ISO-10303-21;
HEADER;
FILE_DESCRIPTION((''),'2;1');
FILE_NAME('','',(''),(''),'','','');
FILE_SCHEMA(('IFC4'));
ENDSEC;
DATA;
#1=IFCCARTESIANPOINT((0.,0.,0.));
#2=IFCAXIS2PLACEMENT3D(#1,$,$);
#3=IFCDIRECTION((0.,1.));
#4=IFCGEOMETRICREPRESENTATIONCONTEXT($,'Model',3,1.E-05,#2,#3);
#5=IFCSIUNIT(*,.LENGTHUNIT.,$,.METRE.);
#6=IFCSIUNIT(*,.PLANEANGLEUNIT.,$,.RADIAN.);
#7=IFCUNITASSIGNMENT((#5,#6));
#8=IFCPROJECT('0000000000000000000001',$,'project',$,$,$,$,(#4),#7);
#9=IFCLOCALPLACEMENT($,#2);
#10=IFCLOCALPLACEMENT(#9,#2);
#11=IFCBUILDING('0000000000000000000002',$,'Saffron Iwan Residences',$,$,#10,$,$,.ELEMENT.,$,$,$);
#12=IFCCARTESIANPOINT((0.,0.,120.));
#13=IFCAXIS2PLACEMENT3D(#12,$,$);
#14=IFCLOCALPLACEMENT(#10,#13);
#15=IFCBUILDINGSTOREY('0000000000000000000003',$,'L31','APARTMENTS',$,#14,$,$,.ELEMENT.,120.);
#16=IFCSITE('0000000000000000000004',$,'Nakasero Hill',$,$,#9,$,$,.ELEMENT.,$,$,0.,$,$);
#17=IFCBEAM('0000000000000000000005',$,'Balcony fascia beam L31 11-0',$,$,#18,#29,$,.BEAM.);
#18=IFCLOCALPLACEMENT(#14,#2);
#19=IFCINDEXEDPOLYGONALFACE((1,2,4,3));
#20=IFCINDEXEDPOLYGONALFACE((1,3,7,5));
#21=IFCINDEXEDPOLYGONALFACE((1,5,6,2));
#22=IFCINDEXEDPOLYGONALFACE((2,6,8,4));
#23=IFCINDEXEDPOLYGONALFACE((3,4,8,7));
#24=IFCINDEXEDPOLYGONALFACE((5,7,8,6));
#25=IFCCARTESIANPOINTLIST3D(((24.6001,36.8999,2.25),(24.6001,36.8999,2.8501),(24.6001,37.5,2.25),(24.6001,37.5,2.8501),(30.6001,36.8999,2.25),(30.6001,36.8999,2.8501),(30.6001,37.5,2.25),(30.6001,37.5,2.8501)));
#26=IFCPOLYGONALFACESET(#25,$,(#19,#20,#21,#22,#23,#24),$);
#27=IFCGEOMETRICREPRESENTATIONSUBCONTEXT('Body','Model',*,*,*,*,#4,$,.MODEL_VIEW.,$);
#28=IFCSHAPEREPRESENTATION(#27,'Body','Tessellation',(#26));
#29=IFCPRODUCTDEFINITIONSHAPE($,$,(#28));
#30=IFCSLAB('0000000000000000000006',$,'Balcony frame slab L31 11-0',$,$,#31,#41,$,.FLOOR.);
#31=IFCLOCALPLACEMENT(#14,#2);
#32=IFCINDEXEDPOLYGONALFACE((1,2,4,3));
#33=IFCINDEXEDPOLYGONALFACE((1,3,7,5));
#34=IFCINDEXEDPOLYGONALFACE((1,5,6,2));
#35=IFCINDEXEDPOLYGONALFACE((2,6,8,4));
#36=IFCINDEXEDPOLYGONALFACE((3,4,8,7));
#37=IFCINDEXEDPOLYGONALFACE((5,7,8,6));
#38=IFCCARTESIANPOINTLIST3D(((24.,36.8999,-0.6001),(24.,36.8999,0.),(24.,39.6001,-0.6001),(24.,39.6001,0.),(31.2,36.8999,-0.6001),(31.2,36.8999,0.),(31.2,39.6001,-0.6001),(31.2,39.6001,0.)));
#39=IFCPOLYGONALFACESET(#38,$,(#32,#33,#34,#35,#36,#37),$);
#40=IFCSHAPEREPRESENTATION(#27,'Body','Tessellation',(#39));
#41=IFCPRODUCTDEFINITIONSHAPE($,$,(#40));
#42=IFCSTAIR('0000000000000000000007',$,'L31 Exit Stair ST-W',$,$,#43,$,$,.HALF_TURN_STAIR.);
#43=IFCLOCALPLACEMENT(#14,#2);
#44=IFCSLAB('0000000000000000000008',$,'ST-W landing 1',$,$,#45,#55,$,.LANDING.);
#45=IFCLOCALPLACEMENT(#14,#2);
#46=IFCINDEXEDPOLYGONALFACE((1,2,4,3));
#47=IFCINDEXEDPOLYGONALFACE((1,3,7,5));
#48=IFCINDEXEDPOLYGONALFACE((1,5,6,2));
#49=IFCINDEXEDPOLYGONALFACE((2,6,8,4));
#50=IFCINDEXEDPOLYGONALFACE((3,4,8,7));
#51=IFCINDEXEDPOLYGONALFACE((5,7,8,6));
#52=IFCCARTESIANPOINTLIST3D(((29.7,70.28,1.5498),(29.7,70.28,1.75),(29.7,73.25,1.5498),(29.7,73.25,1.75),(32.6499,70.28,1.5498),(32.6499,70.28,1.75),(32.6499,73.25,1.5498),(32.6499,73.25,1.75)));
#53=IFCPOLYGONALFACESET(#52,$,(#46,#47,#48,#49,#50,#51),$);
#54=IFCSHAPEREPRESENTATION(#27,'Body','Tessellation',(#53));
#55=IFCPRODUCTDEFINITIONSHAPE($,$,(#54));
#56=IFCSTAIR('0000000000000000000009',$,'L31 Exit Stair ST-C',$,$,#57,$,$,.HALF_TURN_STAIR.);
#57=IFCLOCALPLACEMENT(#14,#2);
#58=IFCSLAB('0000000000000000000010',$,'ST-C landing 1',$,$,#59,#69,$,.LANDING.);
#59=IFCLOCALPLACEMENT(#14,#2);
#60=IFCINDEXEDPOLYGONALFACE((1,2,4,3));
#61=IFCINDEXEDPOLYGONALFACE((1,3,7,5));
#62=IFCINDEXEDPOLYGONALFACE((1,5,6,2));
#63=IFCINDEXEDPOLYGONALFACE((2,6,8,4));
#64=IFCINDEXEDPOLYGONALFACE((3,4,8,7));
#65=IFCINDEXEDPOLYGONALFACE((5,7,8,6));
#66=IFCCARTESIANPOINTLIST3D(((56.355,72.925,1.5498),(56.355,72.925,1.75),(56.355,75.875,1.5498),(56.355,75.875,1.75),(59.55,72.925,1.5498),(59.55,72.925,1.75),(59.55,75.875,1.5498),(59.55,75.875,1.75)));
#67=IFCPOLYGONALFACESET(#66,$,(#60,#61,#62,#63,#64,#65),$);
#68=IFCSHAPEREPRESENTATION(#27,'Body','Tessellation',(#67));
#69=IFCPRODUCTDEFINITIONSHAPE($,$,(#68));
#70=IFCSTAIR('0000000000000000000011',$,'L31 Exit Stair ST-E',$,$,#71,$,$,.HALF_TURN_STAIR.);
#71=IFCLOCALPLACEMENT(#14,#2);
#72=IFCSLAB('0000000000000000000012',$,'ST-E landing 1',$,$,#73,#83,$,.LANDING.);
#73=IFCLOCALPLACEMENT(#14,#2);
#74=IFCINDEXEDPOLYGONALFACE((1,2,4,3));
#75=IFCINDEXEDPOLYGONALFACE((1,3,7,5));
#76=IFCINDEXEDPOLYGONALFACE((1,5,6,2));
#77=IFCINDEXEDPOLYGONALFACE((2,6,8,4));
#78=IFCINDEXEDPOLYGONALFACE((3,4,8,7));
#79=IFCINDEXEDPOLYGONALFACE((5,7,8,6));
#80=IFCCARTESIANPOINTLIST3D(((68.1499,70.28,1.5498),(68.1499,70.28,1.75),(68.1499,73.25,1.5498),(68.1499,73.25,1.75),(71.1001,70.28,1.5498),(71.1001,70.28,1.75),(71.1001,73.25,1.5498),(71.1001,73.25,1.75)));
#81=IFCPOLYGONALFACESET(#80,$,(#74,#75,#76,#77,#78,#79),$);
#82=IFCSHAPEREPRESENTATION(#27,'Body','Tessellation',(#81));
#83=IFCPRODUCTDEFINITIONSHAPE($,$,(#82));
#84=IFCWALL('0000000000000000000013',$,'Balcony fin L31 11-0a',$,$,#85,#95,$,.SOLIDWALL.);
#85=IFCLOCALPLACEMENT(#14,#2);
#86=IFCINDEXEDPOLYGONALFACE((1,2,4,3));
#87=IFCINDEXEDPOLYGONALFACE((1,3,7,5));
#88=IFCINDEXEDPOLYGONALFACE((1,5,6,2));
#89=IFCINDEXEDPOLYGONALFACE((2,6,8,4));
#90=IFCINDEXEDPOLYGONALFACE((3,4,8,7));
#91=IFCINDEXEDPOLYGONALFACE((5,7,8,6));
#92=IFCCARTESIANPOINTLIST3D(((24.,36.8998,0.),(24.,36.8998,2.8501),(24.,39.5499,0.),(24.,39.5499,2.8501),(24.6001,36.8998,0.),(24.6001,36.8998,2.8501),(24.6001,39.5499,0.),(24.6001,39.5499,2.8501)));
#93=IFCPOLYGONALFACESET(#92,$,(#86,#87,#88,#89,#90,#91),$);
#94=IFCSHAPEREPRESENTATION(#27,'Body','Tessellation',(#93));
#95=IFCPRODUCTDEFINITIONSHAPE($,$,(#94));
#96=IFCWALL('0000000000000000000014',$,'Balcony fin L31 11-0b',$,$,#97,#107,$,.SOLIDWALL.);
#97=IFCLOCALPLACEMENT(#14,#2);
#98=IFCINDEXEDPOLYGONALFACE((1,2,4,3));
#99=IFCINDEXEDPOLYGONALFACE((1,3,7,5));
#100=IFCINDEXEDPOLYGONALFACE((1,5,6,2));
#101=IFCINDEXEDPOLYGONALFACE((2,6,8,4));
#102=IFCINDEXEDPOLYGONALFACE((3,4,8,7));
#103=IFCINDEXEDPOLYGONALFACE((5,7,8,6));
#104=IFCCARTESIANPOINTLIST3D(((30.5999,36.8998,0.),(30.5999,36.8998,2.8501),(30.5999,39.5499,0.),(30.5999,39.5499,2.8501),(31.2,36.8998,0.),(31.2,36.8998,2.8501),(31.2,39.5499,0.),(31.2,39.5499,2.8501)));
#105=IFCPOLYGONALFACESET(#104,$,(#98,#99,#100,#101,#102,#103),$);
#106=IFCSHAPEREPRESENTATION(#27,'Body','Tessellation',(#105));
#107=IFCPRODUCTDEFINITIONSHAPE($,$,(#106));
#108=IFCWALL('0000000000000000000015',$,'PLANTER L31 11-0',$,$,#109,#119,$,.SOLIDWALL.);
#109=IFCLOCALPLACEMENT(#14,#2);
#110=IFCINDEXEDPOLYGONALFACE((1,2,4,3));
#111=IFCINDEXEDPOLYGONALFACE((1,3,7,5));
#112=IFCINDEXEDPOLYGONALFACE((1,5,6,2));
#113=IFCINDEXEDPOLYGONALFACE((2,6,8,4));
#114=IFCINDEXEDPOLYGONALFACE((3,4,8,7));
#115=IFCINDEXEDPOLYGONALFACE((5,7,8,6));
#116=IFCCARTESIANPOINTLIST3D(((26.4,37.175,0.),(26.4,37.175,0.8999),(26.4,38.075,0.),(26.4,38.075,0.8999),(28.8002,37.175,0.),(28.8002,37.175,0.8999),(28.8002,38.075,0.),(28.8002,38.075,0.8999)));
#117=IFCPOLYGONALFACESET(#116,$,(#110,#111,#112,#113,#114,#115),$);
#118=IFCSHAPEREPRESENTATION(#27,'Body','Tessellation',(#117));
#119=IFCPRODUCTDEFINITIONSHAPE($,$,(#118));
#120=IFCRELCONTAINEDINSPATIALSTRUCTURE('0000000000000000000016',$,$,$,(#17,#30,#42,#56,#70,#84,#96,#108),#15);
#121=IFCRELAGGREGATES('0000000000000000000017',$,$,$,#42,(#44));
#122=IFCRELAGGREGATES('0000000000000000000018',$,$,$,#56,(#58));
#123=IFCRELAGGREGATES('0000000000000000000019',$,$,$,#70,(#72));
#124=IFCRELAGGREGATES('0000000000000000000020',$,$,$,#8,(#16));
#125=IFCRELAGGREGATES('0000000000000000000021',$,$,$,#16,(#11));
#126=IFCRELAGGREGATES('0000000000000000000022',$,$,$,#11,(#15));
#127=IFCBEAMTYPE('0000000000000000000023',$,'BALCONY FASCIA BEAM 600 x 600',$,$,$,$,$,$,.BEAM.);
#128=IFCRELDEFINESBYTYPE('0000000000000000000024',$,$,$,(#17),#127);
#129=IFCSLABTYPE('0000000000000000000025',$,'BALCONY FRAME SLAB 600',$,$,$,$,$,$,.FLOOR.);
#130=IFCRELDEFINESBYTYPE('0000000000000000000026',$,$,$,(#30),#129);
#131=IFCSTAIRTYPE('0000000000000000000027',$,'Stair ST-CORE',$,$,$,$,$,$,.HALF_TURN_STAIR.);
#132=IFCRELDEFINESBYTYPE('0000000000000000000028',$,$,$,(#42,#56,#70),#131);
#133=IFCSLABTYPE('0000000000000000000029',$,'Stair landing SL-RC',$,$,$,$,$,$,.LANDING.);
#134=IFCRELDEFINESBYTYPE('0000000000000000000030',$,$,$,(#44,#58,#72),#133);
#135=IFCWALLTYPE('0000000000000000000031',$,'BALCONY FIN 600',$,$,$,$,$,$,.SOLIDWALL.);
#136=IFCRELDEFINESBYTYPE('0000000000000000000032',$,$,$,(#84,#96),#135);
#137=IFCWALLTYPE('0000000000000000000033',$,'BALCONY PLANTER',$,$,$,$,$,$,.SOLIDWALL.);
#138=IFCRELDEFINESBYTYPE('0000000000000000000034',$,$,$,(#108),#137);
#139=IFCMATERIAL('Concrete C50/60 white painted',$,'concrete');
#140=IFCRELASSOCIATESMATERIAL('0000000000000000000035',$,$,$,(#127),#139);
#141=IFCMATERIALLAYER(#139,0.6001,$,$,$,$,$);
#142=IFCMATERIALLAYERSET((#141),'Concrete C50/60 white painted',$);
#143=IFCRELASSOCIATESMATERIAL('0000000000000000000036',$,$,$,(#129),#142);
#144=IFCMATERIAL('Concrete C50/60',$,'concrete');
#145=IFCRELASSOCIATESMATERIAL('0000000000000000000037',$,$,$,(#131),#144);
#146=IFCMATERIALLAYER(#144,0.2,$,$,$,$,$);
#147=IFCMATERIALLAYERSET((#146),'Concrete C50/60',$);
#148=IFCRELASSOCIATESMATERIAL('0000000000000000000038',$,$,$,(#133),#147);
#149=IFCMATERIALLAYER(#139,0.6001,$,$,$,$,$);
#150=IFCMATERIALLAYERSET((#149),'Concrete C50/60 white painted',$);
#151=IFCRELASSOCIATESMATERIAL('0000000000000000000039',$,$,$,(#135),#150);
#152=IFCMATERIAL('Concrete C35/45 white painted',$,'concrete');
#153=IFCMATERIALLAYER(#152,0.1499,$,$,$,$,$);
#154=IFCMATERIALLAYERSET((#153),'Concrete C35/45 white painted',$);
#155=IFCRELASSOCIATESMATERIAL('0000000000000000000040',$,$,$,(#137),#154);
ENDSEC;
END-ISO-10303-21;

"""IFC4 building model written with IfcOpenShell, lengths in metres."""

from ifc_helpers import new_model, si_unit, direction, frame, frame_2d, origin, origin_2d, place, context, subcontext, project, spatial, polyline, rectangle, outline, extrude, source, transform, mapped, material, layer, layer_set, material_profile, profile_set, type_object, element, aggregate, save


model = new_model("IFC4")

# Units and contexts
model_context = context("Model", 3, precision=1e-05, world=origin(), true_north=direction((0.0, 1.0)))
body_context = subcontext(model_context, "Body", "Model", "MODEL_VIEW")
ifc_project = project(units=[si_unit("LENGTHUNIT", "METRE"), si_unit("PLANEANGLEUNIT", "RADIAN")], contexts=[model_context])

# Site, building, storey
site_placement = place(None, origin())
site = spatial("IfcSite", under=ifc_project, at=site_placement, Name="Nakasero Hill", CompositionType="ELEMENT", RefElevation=0.0)
building_placement = place(site_placement, origin())
building = spatial("IfcBuilding", under=site, at=building_placement, Name="Saffron Iwan Residences", CompositionType="ELEMENT")
storey_placement = place(building_placement, frame((0.0, 0.0, 120.0)))
storey = spatial("IfcBuildingStorey", under=building, at=storey_placement, Name="L31", Description="APARTMENTS", CompositionType="ELEMENT", Elevation=120.0)

# Beam
ifc_material_1 = material(Name="Concrete C50/60 white painted", Category="concrete")
ifc_material_profile = material_profile(ifc_material_1, rectangle(XDim=0.6001, YDim=0.6001, at=origin_2d()), Name="BALCONY FASCIA BEAM 600 x 600")
ifc_profile_set = profile_set([ifc_material_profile], Name="Concrete C50/60 white painted")
beam_type = type_object("IfcBeamType", Name="BALCONY FASCIA BEAM 600 x 600", PredefinedType="BEAM", material=ifc_profile_set)
shared_shape = source(origin(), body_context, "Body", "SweptSolid", [
    extrude(rectangle(XDim=0.6001, YDim=0.6001, at=origin_2d()), origin(), (0.0, 0.0, 1.0), 6.0),
])
beam_placement = place(storey_placement, frame((24.6001, 37.2, 2.55), z_axis=(1.0, 0.0, 0.0), x_axis=(0.0, 1.0, 0.0)))
element("IfcBeam", 1, at=beam_placement, inside=storey, type_object=beam_type, Name="Balcony fascia beam L31 11-0", PredefinedType="BEAM", context=body_context, shape_type="MappedRepresentation", body=[
    mapped(shared_shape, transform((0.0, 0.0, 0.0))),
])

# Slab
ifc_layer_1 = layer(ifc_material_1, 0.6001)
ifc_layer_set_1 = layer_set([ifc_layer_1], Name="Concrete C50/60 white painted")
slab_type_1 = type_object("IfcSlabType", Name="BALCONY FRAME SLAB 600", PredefinedType="FLOOR", material=ifc_layer_set_1)
slab_1_placement = place(storey_placement, frame((0.0, 0.0, -0.6001)))
element("IfcSlab", 2, at=slab_1_placement, inside=storey, type_object=slab_type_1, Name="Balcony frame slab L31 11-0", PredefinedType="FLOOR", context=body_context, shape_type="SweptSolid", body=[
    extrude(outline(polyline([(24.0, 36.8999), (31.2, 36.8999), (31.2, 39.6001), (24.0, 39.6001), (24.0, 36.8999)])), origin(), (0.0, 0.0, 1.0), 0.6001),
])

# Stairs, slabs
ifc_material_2 = material(Name="Concrete C50/60", Category="concrete")
stair_type = type_object("IfcStairType", Name="Stair ST-CORE", PredefinedType="HALF_TURN_STAIR", material=ifc_material_2)
stair_1_placement = place(storey_placement, origin())
stair_1 = element("IfcStair", 3, at=stair_1_placement, inside=storey, type_object=stair_type, Name="L31 Exit Stair ST-W", PredefinedType="HALF_TURN_STAIR")
ifc_layer_2 = layer(ifc_material_2, 0.2)
ifc_layer_set_2 = layer_set([ifc_layer_2], Name="Concrete C50/60")
slab_type_2 = type_object("IfcSlabType", Name="Stair landing SL-RC", PredefinedType="LANDING", material=ifc_layer_set_2)
slab_2_placement = place(storey_placement, frame((0.0, 0.0, 1.5498)))
slab_2 = element("IfcSlab", 4, at=slab_2_placement, type_object=slab_type_2, Name="ST-W landing 1", PredefinedType="LANDING", context=body_context, shape_type="SweptSolid", body=[
    extrude(outline(polyline([(32.6499, 70.28), (32.6499, 73.25), (29.7, 73.25), (29.7, 70.28), (32.6499, 70.28)])), origin(), (0.0, 0.0, 1.0), 0.2002),
])
aggregate(stair_1, [slab_2])
stair_2_placement = place(storey_placement, origin())
stair_2 = element("IfcStair", 5, at=stair_2_placement, inside=storey, type_object=stair_type, Name="L31 Exit Stair ST-C", PredefinedType="HALF_TURN_STAIR")
slab_3_placement = place(storey_placement, frame((0.0, 0.0, 1.5498)))
slab_3 = element("IfcSlab", 6, at=slab_3_placement, type_object=slab_type_2, Name="ST-C landing 1", PredefinedType="LANDING", context=body_context, shape_type="SweptSolid", body=[
    extrude(outline(polyline([(56.355, 72.925), (59.55, 72.925), (59.55, 75.875), (56.355, 75.875), (56.355, 72.925)])), origin(), (0.0, 0.0, 1.0), 0.2002),
])
aggregate(stair_2, [slab_3])
stair_3_placement = place(storey_placement, origin())
stair_3 = element("IfcStair", 7, at=stair_3_placement, inside=storey, type_object=stair_type, Name="L31 Exit Stair ST-E", PredefinedType="HALF_TURN_STAIR")
slab_4_placement = place(storey_placement, frame((0.0, 0.0, 1.5498)))
slab_4 = element("IfcSlab", 8, at=slab_4_placement, type_object=slab_type_2, Name="ST-E landing 1", PredefinedType="LANDING", context=body_context, shape_type="SweptSolid", body=[
    extrude(outline(polyline([(71.1001, 70.28), (71.1001, 73.25), (68.1499, 73.25), (68.1499, 70.28), (71.1001, 70.28)])), origin(), (0.0, 0.0, 1.0), 0.2002),
])
aggregate(stair_3, [slab_4])

# Walls
ifc_layer_3 = layer(ifc_material_1, 0.6001)
ifc_layer_set_3 = layer_set([ifc_layer_3], Name="Concrete C50/60 white painted")
wall_type_1 = type_object("IfcWallType", Name="BALCONY FIN 600", PredefinedType="SOLIDWALL", material=ifc_layer_set_3)
for number, where, z_axis, x_axis, name in (
    (9, (24.3, 39.55, 0.0), (0.0, 0.0, 1.0), (0.0, -1.0, 0.0), "Balcony fin L31 11-0a"),
    (10, (30.8999, 39.55, 0.0), (0.0, 0.0, 1.0), (0.0, -1.0, 0.0), "Balcony fin L31 11-0b"),
):
    element("IfcWall", number, at=place(storey_placement, frame(where, z_axis=z_axis, x_axis=x_axis)), inside=storey, type_object=wall_type_1, Name=name, PredefinedType="SOLIDWALL", context=body_context, shape_type="SweptSolid", body=[
        extrude(rectangle(XDim=2.6501, YDim=0.6001, at=frame_2d((1.3252, 0.0))), origin(), (0.0, 0.0, 1.0), 2.8501),
    ])
ifc_material_3 = material(Name="Concrete C35/45 white painted", Category="concrete")
ifc_layer_4 = layer(ifc_material_3, 0.1499)
ifc_layer_set_4 = layer_set([ifc_layer_4], Name="Concrete C35/45 white painted")
wall_type_2 = type_object("IfcWallType", Name="BALCONY PLANTER", PredefinedType="SOLIDWALL", material=ifc_layer_set_4)
wall_1_placement = place(storey_placement, frame((26.3999, 37.625, 0.0), z_axis=(0.0, 0.0, 1.0), x_axis=(1.0, 0.0, 0.0)))
element("IfcWall", 11, at=wall_1_placement, inside=storey, type_object=wall_type_2, Name="PLANTER L31 11-0", PredefinedType="SOLIDWALL", context=body_context, shape_type="SweptSolid", body=[
    extrude(rectangle(XDim=2.4001, YDim=0.8999, at=frame_2d((1.2002, 0.0))), origin(), (0.0, 0.0, 1.0), 0.8999),
])

save(model, "model.ifc")
